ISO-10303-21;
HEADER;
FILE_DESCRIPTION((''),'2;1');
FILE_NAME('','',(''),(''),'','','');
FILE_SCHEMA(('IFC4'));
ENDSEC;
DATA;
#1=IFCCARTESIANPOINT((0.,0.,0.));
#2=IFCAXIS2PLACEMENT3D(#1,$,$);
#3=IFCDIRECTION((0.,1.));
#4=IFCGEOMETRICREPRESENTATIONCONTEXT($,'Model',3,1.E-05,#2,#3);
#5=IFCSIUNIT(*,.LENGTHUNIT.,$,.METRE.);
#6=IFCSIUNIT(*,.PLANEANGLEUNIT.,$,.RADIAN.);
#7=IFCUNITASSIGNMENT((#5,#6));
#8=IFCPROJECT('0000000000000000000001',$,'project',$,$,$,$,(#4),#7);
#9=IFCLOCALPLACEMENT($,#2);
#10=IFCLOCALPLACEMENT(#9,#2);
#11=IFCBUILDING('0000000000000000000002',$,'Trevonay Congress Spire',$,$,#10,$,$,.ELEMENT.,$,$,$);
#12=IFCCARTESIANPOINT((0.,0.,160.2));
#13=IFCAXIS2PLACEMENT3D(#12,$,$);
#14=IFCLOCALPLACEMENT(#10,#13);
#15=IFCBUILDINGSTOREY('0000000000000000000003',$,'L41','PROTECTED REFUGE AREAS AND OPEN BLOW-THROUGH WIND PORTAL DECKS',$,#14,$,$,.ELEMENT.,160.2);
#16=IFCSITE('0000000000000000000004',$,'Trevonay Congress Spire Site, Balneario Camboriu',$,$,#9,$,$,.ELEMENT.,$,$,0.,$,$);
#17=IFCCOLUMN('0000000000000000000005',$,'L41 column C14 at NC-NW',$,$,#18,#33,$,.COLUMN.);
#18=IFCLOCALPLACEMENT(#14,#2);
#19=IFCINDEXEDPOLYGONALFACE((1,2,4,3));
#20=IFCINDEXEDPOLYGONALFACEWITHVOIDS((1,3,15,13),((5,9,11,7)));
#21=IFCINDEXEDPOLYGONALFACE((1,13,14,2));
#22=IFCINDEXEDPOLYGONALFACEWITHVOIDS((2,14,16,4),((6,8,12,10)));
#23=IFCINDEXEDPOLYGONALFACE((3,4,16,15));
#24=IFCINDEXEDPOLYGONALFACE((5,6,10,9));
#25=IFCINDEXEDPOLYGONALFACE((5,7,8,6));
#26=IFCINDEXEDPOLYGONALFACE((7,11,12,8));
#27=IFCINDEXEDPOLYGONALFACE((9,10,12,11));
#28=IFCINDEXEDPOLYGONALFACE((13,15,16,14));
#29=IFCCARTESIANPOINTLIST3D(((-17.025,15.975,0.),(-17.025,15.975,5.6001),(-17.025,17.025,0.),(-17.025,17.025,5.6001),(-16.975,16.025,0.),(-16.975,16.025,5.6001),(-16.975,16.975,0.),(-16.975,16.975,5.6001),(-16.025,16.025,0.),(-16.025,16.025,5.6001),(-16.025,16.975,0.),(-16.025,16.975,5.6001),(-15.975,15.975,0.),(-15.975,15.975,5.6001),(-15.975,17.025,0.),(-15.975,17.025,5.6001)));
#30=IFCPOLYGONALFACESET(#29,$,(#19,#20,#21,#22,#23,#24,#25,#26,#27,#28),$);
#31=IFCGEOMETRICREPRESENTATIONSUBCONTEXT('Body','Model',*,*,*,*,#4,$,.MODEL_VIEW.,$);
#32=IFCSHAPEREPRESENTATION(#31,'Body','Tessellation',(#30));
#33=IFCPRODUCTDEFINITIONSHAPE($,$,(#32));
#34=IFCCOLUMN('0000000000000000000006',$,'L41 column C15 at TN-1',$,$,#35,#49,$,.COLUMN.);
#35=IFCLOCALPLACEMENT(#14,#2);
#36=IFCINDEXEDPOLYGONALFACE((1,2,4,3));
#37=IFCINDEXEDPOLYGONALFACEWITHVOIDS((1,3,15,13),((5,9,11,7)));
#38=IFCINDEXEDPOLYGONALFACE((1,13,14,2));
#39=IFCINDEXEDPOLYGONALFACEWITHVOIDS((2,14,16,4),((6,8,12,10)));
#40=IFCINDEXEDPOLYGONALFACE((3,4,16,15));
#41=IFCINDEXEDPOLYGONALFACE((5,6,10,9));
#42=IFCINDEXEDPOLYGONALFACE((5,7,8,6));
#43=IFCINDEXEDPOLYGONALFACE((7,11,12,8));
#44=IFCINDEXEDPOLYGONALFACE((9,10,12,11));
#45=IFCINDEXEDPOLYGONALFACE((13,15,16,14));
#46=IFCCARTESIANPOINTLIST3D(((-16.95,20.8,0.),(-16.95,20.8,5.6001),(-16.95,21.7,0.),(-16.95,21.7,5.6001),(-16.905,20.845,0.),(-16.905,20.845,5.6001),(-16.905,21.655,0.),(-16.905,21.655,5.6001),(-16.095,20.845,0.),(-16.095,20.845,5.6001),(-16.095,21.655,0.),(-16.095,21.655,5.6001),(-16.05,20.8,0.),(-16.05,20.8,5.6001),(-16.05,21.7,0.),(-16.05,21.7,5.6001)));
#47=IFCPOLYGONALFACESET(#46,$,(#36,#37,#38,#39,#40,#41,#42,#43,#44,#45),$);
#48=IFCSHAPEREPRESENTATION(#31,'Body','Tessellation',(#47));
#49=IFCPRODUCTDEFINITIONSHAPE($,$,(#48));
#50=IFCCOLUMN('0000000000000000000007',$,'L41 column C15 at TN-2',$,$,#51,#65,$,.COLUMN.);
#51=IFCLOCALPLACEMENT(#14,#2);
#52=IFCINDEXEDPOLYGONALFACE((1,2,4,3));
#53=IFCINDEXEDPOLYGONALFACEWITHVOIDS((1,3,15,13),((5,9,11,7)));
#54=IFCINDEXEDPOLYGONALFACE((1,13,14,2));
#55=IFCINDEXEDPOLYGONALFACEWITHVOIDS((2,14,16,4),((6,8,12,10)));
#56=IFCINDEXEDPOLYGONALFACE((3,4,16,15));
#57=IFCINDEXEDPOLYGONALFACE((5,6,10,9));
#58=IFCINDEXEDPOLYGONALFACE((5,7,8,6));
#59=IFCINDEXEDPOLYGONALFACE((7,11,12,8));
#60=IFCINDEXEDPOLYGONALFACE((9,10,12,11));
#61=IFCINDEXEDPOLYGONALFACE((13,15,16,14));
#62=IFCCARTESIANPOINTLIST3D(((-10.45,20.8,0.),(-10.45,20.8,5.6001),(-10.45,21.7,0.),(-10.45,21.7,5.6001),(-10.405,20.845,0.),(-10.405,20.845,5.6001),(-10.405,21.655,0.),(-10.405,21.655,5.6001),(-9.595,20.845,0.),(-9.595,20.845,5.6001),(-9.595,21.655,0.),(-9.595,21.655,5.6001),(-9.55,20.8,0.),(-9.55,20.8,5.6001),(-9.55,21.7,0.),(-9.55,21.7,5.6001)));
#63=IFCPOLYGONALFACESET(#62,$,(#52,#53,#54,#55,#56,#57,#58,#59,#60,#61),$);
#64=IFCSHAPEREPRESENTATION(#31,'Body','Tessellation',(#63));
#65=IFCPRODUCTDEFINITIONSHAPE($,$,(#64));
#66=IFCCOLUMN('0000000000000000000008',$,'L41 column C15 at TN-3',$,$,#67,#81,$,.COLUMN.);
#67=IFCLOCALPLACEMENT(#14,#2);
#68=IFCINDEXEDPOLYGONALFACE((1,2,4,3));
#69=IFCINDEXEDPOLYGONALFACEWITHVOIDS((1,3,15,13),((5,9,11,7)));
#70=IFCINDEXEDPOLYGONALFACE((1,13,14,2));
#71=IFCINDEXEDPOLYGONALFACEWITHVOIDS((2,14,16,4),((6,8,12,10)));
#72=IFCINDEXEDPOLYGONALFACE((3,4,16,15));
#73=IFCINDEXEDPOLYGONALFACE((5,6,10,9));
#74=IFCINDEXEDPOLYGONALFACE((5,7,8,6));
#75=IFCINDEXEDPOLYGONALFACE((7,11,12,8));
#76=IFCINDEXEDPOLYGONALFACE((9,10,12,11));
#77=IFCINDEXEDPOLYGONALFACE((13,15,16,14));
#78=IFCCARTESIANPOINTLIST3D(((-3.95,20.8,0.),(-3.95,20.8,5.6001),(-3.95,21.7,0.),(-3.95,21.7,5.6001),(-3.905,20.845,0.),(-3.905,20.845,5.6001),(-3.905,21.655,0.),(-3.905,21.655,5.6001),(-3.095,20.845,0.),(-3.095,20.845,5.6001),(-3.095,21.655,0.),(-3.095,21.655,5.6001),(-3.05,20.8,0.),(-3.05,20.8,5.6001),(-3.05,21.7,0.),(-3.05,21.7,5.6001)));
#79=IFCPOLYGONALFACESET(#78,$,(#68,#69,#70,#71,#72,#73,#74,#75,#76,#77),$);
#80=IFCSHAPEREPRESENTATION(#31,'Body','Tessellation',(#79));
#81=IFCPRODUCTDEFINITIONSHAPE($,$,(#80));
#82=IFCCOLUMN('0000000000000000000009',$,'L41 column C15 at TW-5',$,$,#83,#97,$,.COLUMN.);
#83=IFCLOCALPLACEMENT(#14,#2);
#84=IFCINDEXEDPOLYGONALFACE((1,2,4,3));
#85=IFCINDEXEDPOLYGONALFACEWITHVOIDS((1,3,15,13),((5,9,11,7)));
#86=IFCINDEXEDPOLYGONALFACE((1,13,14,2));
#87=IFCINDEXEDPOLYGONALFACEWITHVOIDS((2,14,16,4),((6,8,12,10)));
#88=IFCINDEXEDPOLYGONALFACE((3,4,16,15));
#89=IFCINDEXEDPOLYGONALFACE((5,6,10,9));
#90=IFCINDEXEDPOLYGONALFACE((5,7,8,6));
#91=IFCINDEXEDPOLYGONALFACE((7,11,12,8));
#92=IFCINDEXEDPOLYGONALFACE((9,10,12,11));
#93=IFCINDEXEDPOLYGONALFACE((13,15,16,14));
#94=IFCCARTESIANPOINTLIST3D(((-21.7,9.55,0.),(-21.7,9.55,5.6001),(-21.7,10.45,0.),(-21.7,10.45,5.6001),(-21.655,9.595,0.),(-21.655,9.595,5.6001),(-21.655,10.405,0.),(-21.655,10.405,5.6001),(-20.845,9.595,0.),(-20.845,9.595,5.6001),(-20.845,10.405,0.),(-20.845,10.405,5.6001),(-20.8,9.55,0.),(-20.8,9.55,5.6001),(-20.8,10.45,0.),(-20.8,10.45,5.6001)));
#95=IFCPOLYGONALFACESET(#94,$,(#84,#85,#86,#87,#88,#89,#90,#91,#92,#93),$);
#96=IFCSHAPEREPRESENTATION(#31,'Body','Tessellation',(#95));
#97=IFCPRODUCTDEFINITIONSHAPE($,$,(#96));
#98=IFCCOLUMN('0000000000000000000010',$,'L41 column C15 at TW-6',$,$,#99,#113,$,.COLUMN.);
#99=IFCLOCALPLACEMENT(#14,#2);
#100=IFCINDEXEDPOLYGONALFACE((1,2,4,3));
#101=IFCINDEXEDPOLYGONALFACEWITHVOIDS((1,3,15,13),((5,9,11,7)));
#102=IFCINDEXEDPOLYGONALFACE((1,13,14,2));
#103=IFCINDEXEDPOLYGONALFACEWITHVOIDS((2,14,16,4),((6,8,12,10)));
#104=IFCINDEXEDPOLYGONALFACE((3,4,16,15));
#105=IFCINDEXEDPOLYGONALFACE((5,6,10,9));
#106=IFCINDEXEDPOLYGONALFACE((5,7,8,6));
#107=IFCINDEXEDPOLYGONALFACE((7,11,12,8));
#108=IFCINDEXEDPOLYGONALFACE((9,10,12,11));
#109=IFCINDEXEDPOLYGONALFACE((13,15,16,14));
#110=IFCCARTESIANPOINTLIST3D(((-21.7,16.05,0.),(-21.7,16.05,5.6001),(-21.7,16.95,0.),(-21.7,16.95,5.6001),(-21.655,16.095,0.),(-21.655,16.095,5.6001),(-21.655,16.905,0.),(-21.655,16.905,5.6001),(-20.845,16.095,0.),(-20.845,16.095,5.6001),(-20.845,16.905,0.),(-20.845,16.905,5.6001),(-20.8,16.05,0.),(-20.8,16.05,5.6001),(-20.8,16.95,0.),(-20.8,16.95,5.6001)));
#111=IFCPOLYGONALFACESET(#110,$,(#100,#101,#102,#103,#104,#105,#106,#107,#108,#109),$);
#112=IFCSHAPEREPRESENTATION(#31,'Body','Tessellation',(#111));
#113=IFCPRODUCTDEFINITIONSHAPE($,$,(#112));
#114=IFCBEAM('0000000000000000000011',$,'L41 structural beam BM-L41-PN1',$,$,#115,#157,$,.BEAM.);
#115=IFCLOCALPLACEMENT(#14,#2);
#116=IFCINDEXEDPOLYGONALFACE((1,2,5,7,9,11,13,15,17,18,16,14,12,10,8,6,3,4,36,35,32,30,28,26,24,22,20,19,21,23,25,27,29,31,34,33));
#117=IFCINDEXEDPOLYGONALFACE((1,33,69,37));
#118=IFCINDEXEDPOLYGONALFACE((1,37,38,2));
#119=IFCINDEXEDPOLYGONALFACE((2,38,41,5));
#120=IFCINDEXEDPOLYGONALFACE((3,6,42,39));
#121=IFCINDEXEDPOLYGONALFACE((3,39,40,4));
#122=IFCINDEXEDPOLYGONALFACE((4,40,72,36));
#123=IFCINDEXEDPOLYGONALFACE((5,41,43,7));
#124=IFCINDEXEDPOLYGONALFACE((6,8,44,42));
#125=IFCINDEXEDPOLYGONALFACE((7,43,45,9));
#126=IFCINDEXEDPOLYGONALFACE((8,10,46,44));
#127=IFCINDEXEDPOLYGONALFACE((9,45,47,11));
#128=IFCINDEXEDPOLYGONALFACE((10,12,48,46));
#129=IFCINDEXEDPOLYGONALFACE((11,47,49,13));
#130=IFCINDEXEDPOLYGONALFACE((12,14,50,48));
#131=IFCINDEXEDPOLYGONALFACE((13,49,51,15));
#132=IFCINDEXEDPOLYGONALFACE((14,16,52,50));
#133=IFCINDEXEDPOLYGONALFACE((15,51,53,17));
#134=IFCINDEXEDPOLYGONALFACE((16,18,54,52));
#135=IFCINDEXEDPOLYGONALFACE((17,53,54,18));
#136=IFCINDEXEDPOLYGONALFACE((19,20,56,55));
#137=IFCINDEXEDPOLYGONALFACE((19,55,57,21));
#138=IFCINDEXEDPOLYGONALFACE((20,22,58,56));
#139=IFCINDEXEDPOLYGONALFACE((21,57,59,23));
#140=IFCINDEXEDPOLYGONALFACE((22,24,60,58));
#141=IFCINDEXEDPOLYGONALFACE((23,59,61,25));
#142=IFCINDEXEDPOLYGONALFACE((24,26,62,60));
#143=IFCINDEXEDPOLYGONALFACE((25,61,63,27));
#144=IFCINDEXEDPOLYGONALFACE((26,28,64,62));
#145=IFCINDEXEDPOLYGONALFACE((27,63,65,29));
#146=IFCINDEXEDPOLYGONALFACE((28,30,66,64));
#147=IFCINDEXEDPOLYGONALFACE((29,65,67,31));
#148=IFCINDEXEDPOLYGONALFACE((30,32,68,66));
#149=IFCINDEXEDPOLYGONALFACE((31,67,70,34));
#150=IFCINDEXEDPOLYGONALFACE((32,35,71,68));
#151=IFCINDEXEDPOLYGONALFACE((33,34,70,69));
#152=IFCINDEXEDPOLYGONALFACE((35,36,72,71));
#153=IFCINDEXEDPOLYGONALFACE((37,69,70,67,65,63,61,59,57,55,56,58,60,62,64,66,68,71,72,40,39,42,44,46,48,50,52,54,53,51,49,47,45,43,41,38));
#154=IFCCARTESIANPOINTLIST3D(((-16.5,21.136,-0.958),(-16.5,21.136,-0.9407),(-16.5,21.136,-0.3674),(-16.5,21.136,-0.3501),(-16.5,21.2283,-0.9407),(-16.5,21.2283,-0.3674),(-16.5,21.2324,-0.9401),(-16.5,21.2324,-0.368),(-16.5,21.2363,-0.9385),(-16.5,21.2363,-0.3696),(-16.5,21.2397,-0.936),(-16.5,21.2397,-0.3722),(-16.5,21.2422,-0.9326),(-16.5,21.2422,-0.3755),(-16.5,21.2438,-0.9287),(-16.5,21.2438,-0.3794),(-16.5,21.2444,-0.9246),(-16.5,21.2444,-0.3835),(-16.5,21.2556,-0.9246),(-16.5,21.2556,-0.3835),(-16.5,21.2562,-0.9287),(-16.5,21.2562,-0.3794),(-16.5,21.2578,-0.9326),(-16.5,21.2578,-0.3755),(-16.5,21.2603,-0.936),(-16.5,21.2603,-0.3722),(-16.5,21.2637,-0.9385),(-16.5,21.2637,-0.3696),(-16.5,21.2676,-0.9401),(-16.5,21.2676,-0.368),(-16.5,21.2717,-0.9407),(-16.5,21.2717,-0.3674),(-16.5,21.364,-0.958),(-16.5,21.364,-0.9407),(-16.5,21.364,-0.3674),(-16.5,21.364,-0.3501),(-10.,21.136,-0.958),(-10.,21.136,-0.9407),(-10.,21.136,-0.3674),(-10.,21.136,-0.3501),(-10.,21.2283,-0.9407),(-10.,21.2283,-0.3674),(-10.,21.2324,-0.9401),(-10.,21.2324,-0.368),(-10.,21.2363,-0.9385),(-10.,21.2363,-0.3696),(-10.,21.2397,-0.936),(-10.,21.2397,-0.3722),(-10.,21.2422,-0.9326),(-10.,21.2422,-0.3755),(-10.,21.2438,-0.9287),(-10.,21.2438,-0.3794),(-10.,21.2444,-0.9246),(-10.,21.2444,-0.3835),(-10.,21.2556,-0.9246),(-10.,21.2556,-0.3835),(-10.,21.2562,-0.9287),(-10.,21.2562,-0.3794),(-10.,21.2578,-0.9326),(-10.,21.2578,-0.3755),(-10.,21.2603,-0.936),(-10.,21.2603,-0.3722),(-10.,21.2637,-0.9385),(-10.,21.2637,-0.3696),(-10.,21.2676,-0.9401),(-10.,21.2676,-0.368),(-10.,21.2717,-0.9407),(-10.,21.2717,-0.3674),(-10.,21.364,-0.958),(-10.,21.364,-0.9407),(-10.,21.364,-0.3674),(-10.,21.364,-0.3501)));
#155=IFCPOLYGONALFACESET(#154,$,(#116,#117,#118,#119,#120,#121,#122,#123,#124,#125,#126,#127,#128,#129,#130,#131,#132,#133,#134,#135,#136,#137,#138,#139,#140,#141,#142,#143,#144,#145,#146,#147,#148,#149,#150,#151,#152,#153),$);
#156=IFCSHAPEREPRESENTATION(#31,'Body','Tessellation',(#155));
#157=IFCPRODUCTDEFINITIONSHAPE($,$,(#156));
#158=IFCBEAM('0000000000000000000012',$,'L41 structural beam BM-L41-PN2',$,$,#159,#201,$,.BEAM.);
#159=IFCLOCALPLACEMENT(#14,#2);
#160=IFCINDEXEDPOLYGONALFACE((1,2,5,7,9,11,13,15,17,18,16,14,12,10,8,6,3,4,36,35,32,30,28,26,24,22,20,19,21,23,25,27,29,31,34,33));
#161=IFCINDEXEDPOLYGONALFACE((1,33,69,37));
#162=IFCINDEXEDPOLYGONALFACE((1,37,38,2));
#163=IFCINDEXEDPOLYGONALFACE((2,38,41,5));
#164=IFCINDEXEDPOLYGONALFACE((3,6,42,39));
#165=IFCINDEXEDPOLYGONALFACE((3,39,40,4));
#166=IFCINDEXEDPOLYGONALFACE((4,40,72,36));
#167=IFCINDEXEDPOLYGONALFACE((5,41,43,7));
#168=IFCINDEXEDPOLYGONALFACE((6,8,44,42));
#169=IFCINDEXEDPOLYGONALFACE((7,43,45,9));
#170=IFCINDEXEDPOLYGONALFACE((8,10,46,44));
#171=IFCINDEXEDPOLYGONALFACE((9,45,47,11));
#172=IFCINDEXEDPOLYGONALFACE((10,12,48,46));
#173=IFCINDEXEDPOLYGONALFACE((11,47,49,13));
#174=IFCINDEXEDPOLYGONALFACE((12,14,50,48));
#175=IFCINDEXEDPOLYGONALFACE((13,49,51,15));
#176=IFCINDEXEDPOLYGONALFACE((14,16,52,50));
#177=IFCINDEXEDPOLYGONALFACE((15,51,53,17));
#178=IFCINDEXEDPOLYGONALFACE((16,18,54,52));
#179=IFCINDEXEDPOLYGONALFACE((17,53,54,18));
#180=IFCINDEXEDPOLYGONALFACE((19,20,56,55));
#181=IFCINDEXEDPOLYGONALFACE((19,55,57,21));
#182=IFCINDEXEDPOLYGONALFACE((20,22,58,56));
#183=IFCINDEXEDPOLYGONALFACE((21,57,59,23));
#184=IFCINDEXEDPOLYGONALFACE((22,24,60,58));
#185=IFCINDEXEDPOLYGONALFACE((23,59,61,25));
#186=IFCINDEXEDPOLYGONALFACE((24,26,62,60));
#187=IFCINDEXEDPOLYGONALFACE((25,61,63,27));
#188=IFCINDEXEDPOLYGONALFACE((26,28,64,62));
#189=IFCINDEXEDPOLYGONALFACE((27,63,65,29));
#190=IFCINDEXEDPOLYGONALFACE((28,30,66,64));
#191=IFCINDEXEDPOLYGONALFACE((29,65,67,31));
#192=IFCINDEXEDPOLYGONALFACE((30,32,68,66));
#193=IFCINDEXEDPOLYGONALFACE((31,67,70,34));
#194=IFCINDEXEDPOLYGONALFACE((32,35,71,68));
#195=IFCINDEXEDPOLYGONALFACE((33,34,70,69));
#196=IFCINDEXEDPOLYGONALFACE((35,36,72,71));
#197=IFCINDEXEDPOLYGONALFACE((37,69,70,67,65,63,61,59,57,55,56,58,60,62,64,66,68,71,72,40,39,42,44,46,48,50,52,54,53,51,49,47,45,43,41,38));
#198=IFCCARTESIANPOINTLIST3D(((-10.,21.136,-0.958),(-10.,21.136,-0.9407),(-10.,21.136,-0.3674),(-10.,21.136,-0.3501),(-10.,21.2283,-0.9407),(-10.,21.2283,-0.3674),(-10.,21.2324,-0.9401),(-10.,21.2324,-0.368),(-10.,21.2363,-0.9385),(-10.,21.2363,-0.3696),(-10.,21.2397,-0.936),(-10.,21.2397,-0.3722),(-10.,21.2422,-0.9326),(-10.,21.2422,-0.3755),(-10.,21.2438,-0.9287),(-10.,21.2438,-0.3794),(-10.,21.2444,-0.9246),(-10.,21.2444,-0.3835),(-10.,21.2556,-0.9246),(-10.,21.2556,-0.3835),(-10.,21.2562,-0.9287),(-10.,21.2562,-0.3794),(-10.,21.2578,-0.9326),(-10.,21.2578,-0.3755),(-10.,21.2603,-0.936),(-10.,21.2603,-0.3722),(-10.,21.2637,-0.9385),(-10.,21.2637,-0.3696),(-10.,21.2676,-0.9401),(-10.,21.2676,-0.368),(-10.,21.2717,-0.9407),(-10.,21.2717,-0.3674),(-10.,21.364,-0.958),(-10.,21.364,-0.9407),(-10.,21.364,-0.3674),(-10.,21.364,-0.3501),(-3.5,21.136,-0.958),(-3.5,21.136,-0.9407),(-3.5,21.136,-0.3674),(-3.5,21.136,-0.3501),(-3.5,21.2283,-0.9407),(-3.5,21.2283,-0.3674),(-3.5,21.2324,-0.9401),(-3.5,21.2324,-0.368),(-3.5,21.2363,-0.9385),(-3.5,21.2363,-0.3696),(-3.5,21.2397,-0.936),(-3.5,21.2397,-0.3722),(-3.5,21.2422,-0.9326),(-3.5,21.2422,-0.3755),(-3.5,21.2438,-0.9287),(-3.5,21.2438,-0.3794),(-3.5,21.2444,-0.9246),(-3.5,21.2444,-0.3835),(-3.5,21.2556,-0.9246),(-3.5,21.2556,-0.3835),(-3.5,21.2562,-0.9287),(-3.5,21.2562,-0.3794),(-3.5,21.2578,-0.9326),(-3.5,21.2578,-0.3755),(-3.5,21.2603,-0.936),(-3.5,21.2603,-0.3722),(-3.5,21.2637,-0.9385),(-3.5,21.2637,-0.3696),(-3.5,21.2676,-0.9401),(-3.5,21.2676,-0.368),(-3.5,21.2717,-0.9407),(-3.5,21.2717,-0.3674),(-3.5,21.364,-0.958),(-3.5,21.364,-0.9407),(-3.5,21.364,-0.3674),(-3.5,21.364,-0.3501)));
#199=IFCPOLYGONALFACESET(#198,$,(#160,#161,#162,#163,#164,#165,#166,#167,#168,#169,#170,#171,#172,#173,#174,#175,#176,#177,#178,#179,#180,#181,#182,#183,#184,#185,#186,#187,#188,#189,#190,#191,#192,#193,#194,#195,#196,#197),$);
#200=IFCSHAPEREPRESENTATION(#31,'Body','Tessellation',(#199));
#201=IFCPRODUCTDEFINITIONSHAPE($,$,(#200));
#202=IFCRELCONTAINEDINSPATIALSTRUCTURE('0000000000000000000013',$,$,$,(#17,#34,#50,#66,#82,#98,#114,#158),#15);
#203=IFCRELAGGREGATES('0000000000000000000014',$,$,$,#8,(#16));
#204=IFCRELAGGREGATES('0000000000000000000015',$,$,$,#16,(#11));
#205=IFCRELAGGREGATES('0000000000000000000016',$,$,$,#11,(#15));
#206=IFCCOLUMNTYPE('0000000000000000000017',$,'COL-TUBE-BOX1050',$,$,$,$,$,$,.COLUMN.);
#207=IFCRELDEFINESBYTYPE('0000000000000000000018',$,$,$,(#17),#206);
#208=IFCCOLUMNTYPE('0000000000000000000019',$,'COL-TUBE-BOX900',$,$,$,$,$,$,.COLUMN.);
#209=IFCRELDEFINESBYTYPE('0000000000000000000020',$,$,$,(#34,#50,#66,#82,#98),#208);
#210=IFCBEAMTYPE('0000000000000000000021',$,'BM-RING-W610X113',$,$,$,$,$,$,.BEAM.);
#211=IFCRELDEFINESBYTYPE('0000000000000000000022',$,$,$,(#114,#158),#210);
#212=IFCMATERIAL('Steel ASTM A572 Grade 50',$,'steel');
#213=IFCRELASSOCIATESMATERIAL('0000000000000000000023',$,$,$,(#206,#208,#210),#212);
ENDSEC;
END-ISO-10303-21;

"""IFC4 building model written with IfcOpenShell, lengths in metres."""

from ifc_helpers import new_model, si_unit, direction, frame, origin, origin_2d, place, context, subcontext, project, spatial, hollow_rectangle, i_section, extrude, material, material_profile, profile_set, type_object, element, save


model = new_model("IFC4")

# Units and contexts
model_context = context("Model", 3, precision=1e-05, world=origin(), true_north=direction((0.0, 1.0)))
body_context = subcontext(model_context, "Body", "Model", "MODEL_VIEW")
ifc_project = project(units=[si_unit("LENGTHUNIT", "METRE"), si_unit("PLANEANGLEUNIT", "RADIAN")], contexts=[model_context])

# Site, building, storey
site_placement = place(None, origin())
site = spatial("IfcSite", under=ifc_project, at=site_placement, Name="Trevonay Congress Spire Site, Balneario Camboriu", CompositionType="ELEMENT", RefElevation=0.0)
building_placement = place(site_placement, origin())
building = spatial("IfcBuilding", under=site, at=building_placement, Name="Trevonay Congress Spire", CompositionType="ELEMENT")
storey_placement = place(building_placement, frame((0.0, 0.0, 160.2)))
storey = spatial("IfcBuildingStorey", under=building, at=storey_placement, Name="L41", Description="PROTECTED REFUGE AREAS AND OPEN BLOW-THROUGH WIND PORTAL DECKS", CompositionType="ELEMENT", Elevation=160.2)

# Columns
ifc_material_1 = material(Name="Steel ASTM A572 Grade 50", Category="steel")
ifc_material_profile_1 = material_profile(ifc_material_1, hollow_rectangle(XDim=1.05, YDim=1.05, WallThickness=0.05, at=origin_2d()), Name="BOX 1050x1050x50")
ifc_profile_set_1 = profile_set([ifc_material_profile_1], Name="Steel ASTM A572 Grade 50")
column_type_1 = type_object("IfcColumnType", Name="COL-TUBE-BOX1050", PredefinedType="COLUMN", material=ifc_profile_set_1)
column_placement = place(storey_placement, frame((-16.5, 16.5, 0.0), z_axis=(0.0, 0.0, 1.0), x_axis=(1.0, 0.0, 0.0)))
element("IfcColumn", 1, at=column_placement, inside=storey, type_object=column_type_1, Name="L41 column C14 at NC-NW", PredefinedType="COLUMN", context=body_context, shape_type="SweptSolid", body=[
    extrude(hollow_rectangle(XDim=1.05, YDim=1.05, WallThickness=0.05, at=origin_2d()), origin(), (0.0, 0.0, 1.0), 5.6001),
])
ifc_material_profile_2 = material_profile(ifc_material_1, hollow_rectangle(XDim=0.8999, YDim=0.8999, WallThickness=0.0449, at=origin_2d()), Name="BOX 900x900x45")
ifc_profile_set_2 = profile_set([ifc_material_profile_2], Name="Steel ASTM A572 Grade 50")
column_type_2 = type_object("IfcColumnType", Name="COL-TUBE-BOX900", PredefinedType="COLUMN", material=ifc_profile_set_2)
for number, where, z_axis, x_axis, name in (
    (2, (-16.5, 21.25, 0.0), (0.0, 0.0, 1.0), (1.0, 0.0, 0.0), "L41 column C15 at TN-1"),
    (3, (-10.0, 21.25, 0.0), (0.0, 0.0, 1.0), (1.0, 0.0, 0.0), "L41 column C15 at TN-2"),
    (4, (-3.5, 21.25, 0.0), (0.0, 0.0, 1.0), (1.0, 0.0, 0.0), "L41 column C15 at TN-3"),
    (5, (-21.25, 10.0, 0.0), (0.0, 0.0, 1.0), (1.0, 0.0, 0.0), "L41 column C15 at TW-5"),
    (6, (-21.25, 16.5, 0.0), (0.0, 0.0, 1.0), (1.0, 0.0, 0.0), "L41 column C15 at TW-6"),
):
    element("IfcColumn", number, at=place(storey_placement, frame(where, z_axis=z_axis, x_axis=x_axis)), inside=storey, type_object=column_type_2, Name=name, PredefinedType="COLUMN", context=body_context, shape_type="SweptSolid", body=[
        extrude(hollow_rectangle(XDim=0.8999, YDim=0.8999, WallThickness=0.0449, at=origin_2d()), origin(), (0.0, 0.0, 1.0), 5.6001),
    ])

# Beams
ifc_material_profile_3 = material_profile(ifc_material_1, i_section(OverallWidth=0.228, OverallDepth=0.6079, WebThickness=0.0112, FlangeThickness=0.0173, FilletRadius=0.0161, at=origin_2d()), Name="W610x113")
ifc_profile_set_3 = profile_set([ifc_material_profile_3], Name="Steel ASTM A572 Grade 50")
beam_type_1 = type_object("IfcBeamType", Name="BM-RING-W610X113", PredefinedType="BEAM", material=ifc_profile_set_3)
for number, where, z_axis, x_axis, name in (
    (7, (-16.5, 21.25, -0.6541), (1.0, 0.0, 0.0), (0.0, 1.0, 0.0), "L41 structural beam BM-L41-PN1"),
    (8, (-10.0, 21.25, -0.6541), (1.0, 0.0, 0.0), (0.0, 1.0, 0.0), "L41 structural beam BM-L41-PN2"),
):
    element("IfcBeam", number, at=place(storey_placement, frame(where, z_axis=z_axis, x_axis=x_axis)), inside=storey, type_object=beam_type_1, Name=name, PredefinedType="BEAM", context=body_context, shape_type="SweptSolid", body=[
        extrude(i_section(OverallWidth=0.228, OverallDepth=0.6079, WebThickness=0.0112, FlangeThickness=0.0173, FilletRadius=0.0161, at=origin_2d()), origin(), (0.0, 0.0, 1.0), 6.5),
    ])

save(model, "model.ifc")
